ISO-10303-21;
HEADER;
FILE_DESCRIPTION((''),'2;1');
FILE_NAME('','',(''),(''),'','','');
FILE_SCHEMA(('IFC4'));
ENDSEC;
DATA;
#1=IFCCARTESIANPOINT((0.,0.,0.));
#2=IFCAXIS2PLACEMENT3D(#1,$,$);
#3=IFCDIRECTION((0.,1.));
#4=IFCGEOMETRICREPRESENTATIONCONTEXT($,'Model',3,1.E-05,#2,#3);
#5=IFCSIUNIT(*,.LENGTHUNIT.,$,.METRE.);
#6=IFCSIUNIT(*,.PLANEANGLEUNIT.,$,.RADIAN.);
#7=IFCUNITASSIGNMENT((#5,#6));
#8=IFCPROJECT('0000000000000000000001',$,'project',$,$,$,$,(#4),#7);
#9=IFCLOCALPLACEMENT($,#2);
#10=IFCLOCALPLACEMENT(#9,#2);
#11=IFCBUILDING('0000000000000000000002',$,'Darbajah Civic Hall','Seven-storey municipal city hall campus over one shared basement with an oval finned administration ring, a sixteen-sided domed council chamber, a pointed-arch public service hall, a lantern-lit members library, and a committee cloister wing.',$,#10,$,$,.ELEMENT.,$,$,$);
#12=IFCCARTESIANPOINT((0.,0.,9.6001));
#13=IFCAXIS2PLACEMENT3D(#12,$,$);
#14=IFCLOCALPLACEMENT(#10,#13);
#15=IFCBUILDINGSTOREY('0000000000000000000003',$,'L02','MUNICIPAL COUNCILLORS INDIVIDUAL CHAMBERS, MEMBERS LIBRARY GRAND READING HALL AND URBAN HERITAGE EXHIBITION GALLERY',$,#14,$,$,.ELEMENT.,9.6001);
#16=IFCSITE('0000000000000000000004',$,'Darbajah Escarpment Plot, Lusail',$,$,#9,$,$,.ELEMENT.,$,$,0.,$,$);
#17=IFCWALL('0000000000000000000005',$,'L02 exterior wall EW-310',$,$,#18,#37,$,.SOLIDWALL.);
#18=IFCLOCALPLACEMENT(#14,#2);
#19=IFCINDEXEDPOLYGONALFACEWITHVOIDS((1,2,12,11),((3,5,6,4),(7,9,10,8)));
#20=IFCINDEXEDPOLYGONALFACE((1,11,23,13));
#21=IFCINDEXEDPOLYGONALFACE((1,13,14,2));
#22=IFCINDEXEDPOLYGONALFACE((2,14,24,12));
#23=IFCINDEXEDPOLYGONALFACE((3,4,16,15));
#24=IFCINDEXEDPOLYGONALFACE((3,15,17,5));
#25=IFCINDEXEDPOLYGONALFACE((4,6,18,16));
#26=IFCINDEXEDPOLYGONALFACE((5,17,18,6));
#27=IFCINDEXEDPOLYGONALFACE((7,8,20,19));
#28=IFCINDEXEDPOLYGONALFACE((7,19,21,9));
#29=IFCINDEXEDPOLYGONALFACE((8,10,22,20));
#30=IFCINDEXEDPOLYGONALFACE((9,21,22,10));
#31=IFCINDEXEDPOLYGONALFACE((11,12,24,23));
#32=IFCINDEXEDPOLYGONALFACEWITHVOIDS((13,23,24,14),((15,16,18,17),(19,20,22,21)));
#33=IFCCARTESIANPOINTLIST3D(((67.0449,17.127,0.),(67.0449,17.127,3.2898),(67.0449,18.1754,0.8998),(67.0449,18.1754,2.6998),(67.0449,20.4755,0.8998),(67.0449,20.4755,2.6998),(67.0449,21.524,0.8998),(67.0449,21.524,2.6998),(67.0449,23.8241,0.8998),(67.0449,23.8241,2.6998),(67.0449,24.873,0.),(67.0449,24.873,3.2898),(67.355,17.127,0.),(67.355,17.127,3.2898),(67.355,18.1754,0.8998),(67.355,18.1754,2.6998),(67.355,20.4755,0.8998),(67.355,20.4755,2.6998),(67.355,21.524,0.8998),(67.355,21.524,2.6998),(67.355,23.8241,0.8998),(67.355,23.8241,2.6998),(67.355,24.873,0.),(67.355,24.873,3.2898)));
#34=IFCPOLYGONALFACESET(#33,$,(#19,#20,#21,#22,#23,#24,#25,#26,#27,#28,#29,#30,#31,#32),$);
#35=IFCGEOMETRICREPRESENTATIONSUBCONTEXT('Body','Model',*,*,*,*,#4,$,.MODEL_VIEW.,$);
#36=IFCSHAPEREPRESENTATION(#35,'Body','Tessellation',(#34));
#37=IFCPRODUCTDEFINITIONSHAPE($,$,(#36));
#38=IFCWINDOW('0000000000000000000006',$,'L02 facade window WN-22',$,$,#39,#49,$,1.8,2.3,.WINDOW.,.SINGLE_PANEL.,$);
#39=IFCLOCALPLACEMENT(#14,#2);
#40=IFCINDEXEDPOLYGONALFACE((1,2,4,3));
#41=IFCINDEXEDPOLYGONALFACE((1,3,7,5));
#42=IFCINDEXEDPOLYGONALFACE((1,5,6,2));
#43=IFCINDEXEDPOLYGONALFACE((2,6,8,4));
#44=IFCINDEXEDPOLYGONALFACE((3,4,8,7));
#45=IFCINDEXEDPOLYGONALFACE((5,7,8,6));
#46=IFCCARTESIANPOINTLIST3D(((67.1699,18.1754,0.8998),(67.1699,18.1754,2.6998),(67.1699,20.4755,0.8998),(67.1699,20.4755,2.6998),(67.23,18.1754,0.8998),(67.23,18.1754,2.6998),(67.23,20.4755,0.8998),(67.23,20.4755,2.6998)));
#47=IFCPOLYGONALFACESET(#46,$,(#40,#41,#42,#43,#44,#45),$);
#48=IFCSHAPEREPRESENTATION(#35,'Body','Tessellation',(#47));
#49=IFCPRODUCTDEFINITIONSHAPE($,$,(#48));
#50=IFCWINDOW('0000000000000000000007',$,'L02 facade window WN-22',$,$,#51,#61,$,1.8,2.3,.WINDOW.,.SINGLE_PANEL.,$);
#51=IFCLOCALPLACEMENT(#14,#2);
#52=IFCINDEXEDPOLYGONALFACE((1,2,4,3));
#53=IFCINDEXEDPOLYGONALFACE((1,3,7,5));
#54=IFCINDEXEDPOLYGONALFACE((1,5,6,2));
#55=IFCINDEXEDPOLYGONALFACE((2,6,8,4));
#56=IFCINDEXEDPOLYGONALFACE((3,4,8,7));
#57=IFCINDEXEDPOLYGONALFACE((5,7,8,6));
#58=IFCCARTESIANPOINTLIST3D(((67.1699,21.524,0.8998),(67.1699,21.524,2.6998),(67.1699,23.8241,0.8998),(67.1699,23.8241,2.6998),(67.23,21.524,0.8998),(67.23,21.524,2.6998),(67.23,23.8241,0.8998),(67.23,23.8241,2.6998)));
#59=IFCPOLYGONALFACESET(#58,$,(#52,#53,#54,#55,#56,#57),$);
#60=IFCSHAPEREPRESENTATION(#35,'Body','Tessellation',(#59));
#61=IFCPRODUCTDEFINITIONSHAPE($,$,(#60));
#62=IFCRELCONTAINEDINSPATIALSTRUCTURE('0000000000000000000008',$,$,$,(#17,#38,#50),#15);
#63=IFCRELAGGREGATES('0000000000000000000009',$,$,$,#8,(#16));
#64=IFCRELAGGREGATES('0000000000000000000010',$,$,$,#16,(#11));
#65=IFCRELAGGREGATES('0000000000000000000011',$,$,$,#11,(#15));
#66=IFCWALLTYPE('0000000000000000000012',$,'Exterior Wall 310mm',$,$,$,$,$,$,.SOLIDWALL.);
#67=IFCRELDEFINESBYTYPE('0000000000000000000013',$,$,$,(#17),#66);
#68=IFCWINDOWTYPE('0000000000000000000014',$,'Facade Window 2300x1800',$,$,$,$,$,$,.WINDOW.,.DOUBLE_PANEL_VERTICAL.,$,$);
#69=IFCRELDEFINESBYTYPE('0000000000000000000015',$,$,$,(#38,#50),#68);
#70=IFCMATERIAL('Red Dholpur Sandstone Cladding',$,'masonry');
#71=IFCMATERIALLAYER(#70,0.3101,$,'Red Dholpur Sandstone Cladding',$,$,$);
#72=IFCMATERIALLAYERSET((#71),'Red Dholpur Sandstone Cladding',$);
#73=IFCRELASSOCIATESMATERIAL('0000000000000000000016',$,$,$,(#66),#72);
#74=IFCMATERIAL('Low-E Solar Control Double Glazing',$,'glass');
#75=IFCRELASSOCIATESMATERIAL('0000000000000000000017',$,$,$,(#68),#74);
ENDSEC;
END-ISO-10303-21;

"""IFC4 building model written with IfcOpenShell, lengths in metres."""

from ifc_helpers import new_model, si_unit, direction, frame, frame_2d, origin, place, context, subcontext, project, spatial, rectangle, extrude, material, layer, layer_set, type_object, element, fill, save


model = new_model("IFC4")

# Units and contexts
model_context = context("Model", 3, precision=1e-05, world=origin(), true_north=direction((0.0, 1.0)))
body_context = subcontext(model_context, "Body", "Model", "MODEL_VIEW")
ifc_project = project(units=[si_unit("LENGTHUNIT", "METRE"), si_unit("PLANEANGLEUNIT", "RADIAN")], contexts=[model_context])

# Site, building, storey
site_placement = place(None, origin())
site = spatial("IfcSite", under=ifc_project, at=site_placement, Name="Darbajah Escarpment Plot, Lusail", CompositionType="ELEMENT", RefElevation=0.0)
building_placement = place(site_placement, origin())
building = spatial("IfcBuilding", under=site, at=building_placement, Name="Darbajah Civic Hall", Description="Seven-storey municipal city hall campus over one shared basement with an oval finned administration ring, a sixteen-sided domed council chamber, a pointed-arch public service hall, a lantern-lit members library, and a committee cloister wing.", CompositionType="ELEMENT")
storey_placement = place(building_placement, frame((0.0, 0.0, 9.6001)))
storey = spatial("IfcBuildingStorey", under=building, at=storey_placement, Name="L02", Description="MUNICIPAL COUNCILLORS INDIVIDUAL CHAMBERS, MEMBERS LIBRARY GRAND READING HALL AND URBAN HERITAGE EXHIBITION GALLERY", CompositionType="ELEMENT", Elevation=9.6001)

# Shared definitions
ifc_material_1 = material(Name="Low-E Solar Control Double Glazing", Category="glass")

# Wall, openings, windows
ifc_material_2 = material(Name="Red Dholpur Sandstone Cladding", Category="masonry")
ifc_layer_1 = layer(ifc_material_2, 0.3101, Name="Red Dholpur Sandstone Cladding")
ifc_layer_set_1 = layer_set([ifc_layer_1], Name="Red Dholpur Sandstone Cladding")
wall_type = type_object("IfcWallType", Name="Exterior Wall 310mm", PredefinedType="SOLIDWALL", material=ifc_layer_set_1)
wall_placement = place(storey_placement, frame((67.2, 17.127, 0.0), z_axis=(0.0, 0.0, 1.0), x_axis=(0.0, 1.0, 0.0)))
wall = element("IfcWall", 1, at=wall_placement, inside=storey, type_object=wall_type, Name="L02 exterior wall EW-310", PredefinedType="SOLIDWALL", context=body_context, shape_type="SweptSolid", body=[
    extrude(rectangle(XDim=7.7461, YDim=0.3101, at=frame_2d((3.873, 0.0))), origin(), (0.0, 0.0, 1.0), 3.2898),
])
opening_1_placement = place(wall_placement, frame((1.0486, 0.0, 0.8999)))
opening_1 = element("IfcOpeningElement", 2, at=opening_1_placement, cuts=wall, PredefinedType="OPENING", context=body_context, shape_type="SweptSolid", body=[
    extrude(rectangle(XDim=2.3, YDim=1.8, at=frame_2d((1.1499, 0.8999))), frame((0.0, 0.165, 0.0), z_axis=(0.0, -1.0, 0.0), x_axis=(1.0, 0.0, 0.0)), (0.0, 0.0, 1.0), 0.3301),
])
opening_2_placement = place(wall_placement, frame((4.3972, 0.0, 0.8999)))
opening_2 = element("IfcOpeningElement", 3, at=opening_2_placement, cuts=wall, PredefinedType="OPENING", context=body_context, shape_type="SweptSolid", body=[
    extrude(rectangle(XDim=2.3, YDim=1.8, at=frame_2d((1.1499, 0.8999))), frame((0.0, 0.165, 0.0), z_axis=(0.0, -1.0, 0.0), x_axis=(1.0, 0.0, 0.0)), (0.0, 0.0, 1.0), 0.3301),
])
window_type = type_object("IfcWindowType", Name="Facade Window 2300x1800", PartitioningType="DOUBLE_PANEL_VERTICAL", PredefinedType="WINDOW", material=ifc_material_1)
window_1_placement = place(opening_1_placement, origin())
window_1 = element("IfcWindow", 4, at=window_1_placement, inside=storey, type_object=window_type, Name="L02 facade window WN-22", OverallHeight=1.8, OverallWidth=2.3, PartitioningType="SINGLE_PANEL", PredefinedType="WINDOW", context=body_context, shape_type="SweptSolid", body=[
    extrude(rectangle(XDim=2.3, YDim=1.8, at=frame_2d((1.1499, 0.8999))), frame((0.0, 0.03, 0.0), z_axis=(0.0, -1.0, 0.0), x_axis=(1.0, 0.0, 0.0)), (0.0, 0.0, 1.0), 0.0601),
])
fill(opening_1, window_1)
window_2_placement = place(opening_2_placement, origin())
window_2 = element("IfcWindow", 5, at=window_2_placement, inside=storey, type_object=window_type, Name="L02 facade window WN-22", OverallHeight=1.8, OverallWidth=2.3, PartitioningType="SINGLE_PANEL", PredefinedType="WINDOW", context=body_context, shape_type="SweptSolid", body=[
    extrude(rectangle(XDim=2.3, YDim=1.8, at=frame_2d((1.1499, 0.8999))), frame((0.0, 0.03, 0.0), z_axis=(0.0, -1.0, 0.0), x_axis=(1.0, 0.0, 0.0)), (0.0, 0.0, 1.0), 0.0601),
])
fill(opening_2, window_2)

save(model, "model.ifc")
